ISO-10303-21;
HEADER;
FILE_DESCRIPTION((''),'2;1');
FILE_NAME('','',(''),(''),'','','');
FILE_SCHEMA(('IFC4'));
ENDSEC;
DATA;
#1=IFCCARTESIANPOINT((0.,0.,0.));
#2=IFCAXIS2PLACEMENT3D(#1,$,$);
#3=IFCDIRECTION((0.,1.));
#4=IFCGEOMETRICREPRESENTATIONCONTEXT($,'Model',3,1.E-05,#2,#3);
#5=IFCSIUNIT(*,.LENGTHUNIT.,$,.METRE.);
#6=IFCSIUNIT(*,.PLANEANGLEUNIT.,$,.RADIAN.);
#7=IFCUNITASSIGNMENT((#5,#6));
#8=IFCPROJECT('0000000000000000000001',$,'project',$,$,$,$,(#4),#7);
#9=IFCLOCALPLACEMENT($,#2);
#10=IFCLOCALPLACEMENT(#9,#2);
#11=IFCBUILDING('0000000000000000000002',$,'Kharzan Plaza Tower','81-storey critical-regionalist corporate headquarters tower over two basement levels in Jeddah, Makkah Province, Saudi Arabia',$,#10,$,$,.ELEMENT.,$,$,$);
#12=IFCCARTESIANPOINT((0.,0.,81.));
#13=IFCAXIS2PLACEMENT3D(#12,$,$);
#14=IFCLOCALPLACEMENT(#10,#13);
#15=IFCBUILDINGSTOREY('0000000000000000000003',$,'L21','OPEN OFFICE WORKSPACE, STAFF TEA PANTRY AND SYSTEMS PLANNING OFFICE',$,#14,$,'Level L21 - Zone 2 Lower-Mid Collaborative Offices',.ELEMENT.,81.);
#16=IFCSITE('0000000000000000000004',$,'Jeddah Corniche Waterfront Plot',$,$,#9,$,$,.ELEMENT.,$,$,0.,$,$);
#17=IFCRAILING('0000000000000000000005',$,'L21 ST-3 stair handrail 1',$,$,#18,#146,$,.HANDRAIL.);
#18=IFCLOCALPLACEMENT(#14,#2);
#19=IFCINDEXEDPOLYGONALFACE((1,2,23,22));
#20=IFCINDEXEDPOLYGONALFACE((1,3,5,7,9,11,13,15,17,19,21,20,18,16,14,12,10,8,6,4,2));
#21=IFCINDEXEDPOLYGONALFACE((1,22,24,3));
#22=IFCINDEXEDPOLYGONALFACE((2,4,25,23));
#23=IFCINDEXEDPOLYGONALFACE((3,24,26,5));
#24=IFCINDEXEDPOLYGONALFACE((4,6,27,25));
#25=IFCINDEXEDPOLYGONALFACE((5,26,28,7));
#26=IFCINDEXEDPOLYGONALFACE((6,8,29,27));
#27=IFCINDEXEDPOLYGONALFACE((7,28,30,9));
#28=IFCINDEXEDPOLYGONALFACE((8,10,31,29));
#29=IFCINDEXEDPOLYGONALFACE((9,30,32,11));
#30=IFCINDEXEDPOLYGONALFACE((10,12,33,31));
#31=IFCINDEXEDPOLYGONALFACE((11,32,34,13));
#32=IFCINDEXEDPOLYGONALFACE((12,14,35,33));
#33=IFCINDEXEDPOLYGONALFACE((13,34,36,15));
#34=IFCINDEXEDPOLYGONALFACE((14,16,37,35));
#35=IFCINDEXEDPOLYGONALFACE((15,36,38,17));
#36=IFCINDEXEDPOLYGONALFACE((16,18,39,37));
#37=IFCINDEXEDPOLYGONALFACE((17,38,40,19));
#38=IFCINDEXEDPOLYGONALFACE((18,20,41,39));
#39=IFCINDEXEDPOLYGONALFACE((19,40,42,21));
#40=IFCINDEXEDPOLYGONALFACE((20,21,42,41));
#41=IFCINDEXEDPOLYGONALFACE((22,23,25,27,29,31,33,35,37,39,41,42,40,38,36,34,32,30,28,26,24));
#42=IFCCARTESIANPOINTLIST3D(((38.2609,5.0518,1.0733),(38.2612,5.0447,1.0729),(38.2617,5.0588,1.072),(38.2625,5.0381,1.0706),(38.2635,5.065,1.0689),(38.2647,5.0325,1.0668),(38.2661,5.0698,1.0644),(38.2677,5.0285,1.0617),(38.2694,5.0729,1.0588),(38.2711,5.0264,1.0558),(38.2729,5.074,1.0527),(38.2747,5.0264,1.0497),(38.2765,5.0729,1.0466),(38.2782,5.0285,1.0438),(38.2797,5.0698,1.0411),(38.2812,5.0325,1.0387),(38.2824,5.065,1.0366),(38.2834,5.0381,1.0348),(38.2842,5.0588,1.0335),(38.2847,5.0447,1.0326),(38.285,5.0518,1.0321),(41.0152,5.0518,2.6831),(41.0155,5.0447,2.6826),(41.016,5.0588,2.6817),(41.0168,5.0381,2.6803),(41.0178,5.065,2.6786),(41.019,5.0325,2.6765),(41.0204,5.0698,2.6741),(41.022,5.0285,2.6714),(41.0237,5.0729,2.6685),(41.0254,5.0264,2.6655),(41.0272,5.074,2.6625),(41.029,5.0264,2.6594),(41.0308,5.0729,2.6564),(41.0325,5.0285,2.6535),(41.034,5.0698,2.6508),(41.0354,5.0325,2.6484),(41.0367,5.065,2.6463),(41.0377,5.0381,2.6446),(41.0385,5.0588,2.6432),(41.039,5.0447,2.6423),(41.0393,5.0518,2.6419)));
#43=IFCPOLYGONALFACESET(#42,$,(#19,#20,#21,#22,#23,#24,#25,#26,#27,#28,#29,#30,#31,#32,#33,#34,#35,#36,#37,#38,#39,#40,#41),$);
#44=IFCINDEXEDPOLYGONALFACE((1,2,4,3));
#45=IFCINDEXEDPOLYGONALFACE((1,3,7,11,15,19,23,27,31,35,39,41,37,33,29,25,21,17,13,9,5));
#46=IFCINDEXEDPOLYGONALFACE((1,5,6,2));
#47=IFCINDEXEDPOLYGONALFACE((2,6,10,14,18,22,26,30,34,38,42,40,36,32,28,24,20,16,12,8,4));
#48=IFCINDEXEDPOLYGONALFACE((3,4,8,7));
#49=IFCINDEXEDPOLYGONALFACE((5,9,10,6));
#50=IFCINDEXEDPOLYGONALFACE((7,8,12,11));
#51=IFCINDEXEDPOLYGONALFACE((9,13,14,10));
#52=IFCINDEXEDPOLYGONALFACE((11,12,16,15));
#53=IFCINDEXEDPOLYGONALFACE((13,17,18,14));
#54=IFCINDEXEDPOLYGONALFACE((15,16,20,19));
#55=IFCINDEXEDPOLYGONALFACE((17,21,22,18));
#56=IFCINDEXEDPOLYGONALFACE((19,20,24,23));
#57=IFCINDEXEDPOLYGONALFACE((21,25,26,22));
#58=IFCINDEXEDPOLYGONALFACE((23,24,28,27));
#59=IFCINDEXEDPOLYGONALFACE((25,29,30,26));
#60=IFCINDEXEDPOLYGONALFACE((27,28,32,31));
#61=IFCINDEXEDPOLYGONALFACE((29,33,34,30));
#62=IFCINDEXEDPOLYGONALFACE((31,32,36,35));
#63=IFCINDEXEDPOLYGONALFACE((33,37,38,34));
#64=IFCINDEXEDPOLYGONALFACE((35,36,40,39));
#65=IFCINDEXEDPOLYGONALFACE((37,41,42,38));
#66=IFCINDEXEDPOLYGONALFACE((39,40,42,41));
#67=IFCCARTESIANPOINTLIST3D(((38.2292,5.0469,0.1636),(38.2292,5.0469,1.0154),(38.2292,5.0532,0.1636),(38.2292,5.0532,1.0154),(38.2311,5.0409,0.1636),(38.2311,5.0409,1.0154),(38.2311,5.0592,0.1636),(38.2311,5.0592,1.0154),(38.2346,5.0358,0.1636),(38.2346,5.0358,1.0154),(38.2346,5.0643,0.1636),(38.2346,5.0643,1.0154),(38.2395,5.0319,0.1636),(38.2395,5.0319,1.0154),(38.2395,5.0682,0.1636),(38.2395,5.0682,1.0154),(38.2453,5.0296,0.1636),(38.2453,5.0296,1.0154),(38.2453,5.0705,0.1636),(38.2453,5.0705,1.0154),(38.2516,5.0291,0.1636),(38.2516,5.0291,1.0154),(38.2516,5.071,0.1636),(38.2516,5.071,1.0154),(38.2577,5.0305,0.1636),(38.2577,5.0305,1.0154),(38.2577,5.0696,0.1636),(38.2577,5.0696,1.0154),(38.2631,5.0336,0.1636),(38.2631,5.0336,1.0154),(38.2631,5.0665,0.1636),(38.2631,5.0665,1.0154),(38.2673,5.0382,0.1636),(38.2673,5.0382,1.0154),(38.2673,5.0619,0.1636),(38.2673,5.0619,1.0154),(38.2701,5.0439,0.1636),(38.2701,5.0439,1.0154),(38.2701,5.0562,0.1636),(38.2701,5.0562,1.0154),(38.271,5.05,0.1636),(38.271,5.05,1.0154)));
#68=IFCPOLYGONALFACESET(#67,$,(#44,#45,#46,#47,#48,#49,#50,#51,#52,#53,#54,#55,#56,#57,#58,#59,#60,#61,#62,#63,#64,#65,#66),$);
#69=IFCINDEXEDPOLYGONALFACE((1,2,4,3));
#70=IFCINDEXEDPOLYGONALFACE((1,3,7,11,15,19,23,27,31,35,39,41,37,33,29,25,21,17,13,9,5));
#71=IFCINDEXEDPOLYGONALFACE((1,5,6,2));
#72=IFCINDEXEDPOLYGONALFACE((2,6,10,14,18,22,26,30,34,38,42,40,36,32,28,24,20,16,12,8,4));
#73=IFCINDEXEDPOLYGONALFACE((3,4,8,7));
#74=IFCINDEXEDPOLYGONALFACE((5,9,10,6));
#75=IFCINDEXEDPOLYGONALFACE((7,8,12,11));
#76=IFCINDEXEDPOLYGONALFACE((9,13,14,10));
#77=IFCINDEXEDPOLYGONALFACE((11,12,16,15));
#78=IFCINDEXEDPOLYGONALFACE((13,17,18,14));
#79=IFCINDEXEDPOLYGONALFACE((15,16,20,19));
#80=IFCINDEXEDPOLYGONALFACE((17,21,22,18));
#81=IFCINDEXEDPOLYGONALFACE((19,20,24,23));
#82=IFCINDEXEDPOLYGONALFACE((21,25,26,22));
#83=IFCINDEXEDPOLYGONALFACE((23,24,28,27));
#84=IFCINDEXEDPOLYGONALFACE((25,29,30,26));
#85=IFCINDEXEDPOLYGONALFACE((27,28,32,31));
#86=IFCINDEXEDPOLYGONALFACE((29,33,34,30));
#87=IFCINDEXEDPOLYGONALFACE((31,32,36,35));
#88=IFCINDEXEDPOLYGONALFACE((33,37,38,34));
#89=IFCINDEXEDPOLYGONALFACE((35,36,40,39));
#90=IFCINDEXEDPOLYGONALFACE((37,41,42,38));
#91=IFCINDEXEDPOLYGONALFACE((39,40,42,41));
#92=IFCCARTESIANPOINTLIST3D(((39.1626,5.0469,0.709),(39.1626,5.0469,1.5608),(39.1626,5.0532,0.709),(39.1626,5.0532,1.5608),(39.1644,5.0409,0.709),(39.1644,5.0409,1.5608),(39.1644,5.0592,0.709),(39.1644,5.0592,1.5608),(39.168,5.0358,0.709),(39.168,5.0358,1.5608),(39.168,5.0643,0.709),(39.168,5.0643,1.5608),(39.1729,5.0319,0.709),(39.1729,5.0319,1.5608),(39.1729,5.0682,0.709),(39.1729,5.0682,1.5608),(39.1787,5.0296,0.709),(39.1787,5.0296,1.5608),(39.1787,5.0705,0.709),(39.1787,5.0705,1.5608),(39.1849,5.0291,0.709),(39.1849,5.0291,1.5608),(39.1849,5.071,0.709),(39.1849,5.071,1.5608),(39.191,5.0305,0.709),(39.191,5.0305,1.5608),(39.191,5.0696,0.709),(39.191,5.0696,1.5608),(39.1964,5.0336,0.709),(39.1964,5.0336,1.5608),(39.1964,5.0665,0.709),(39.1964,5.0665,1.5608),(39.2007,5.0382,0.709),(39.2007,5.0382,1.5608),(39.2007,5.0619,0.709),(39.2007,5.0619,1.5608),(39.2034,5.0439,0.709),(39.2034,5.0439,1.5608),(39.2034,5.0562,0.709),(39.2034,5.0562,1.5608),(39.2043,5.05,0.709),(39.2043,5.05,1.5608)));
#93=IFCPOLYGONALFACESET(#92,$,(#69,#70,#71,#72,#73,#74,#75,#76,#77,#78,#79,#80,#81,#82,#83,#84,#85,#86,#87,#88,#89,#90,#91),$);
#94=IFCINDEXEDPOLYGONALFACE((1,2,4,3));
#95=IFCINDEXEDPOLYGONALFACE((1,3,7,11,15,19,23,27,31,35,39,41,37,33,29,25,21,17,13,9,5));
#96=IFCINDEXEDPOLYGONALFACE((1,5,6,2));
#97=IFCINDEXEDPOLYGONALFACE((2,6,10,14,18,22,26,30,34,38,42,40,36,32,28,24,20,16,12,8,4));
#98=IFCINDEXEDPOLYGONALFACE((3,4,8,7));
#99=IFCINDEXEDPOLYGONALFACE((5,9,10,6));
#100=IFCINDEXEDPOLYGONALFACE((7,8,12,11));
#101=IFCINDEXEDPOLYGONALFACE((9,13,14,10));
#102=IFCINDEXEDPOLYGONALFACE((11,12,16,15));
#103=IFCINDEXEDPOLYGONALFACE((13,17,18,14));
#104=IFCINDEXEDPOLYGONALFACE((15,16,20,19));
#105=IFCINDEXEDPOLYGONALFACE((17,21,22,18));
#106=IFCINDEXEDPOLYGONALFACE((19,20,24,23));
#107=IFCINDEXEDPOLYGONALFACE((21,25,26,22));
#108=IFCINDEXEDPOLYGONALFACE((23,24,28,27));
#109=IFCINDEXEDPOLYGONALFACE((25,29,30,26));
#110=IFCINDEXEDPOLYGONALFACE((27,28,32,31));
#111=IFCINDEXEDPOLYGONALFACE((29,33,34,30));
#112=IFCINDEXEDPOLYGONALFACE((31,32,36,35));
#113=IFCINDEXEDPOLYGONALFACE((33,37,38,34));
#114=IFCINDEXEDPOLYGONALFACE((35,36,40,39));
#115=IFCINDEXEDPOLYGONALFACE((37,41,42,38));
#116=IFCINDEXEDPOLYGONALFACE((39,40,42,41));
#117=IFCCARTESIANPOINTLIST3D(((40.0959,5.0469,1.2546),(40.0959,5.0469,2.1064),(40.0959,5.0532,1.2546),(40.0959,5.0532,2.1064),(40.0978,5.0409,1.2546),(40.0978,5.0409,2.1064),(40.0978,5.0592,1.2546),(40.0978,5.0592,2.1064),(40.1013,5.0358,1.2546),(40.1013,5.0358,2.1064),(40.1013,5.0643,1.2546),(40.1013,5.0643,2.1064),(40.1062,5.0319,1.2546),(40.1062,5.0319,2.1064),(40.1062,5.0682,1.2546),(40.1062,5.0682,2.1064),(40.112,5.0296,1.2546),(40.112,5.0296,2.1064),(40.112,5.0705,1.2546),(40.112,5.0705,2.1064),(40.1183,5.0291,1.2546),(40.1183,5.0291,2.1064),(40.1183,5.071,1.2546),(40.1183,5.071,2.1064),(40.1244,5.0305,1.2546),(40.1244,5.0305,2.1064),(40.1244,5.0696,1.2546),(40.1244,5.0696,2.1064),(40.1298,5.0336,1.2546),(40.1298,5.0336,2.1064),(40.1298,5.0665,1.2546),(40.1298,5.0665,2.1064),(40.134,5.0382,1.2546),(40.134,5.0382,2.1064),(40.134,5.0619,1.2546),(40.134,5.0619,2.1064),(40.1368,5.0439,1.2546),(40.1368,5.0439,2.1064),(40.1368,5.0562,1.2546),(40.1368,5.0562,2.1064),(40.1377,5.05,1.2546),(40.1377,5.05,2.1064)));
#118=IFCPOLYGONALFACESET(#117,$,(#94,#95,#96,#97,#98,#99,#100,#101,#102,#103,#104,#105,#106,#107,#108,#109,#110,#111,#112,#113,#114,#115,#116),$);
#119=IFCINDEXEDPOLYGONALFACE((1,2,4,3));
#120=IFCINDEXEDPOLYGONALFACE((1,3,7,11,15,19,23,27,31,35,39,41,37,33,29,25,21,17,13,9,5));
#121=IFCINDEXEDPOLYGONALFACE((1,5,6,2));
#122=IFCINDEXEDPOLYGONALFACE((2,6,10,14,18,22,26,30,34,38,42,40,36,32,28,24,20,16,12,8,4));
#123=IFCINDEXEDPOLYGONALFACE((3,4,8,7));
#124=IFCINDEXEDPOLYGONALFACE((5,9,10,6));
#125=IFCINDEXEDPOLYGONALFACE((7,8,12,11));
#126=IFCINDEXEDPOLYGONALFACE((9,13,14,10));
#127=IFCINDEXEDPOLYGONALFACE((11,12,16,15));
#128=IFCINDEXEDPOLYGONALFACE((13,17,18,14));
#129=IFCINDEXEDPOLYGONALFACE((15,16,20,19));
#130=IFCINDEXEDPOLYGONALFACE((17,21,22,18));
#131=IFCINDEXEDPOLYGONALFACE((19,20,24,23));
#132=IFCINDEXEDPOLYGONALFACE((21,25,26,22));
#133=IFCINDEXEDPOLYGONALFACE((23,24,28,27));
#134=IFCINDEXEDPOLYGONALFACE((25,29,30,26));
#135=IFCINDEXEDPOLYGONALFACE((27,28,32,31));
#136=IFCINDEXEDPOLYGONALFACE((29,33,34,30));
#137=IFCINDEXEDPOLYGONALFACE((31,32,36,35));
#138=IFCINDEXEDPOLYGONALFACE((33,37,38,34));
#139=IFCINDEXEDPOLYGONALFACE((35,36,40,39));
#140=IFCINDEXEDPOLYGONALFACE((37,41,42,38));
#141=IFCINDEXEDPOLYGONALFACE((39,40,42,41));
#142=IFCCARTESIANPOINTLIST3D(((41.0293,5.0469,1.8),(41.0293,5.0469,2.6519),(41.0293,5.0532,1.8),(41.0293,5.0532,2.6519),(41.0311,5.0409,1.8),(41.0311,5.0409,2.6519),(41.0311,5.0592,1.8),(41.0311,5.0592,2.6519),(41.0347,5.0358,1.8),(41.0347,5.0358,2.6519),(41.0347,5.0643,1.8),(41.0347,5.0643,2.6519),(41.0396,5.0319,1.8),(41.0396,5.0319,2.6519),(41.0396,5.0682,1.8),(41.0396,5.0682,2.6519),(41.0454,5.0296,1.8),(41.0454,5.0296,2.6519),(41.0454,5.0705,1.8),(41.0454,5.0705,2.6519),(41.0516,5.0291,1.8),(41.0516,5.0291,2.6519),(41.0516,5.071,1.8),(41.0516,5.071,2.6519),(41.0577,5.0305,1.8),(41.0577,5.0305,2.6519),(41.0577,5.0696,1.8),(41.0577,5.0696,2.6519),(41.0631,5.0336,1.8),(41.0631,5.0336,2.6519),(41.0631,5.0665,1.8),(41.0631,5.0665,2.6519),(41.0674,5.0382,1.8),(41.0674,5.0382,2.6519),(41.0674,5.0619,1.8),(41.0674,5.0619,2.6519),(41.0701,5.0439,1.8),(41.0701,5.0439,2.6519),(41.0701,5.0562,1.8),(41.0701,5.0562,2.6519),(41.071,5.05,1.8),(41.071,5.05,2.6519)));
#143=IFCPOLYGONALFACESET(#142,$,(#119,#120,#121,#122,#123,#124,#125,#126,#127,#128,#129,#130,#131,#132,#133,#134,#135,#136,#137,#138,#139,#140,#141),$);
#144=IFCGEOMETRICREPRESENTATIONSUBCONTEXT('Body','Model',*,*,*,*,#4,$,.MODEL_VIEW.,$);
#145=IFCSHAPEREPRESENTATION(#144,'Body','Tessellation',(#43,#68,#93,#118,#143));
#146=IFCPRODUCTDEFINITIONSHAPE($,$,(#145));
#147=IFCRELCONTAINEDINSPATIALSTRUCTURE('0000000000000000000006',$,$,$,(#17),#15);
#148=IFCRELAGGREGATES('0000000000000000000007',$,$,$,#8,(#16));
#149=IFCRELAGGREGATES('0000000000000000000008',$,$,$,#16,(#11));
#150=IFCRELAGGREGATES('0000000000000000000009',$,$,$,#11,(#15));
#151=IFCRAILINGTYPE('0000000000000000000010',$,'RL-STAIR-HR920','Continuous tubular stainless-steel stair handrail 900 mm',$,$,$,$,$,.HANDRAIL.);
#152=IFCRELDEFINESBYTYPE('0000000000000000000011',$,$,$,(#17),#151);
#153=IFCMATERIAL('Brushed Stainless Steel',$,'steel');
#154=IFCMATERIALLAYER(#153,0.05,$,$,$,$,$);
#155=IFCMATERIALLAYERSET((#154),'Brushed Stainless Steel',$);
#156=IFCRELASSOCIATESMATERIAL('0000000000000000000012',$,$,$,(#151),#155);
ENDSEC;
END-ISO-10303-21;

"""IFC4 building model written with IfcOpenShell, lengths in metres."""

from ifc_helpers import new_model, si_unit, direction, frame, origin, origin_2d, place, context, subcontext, project, spatial, circle, extrude, source, transform, mapped, material, layer, layer_set, type_object, element, save


model = new_model("IFC4")

# Units and contexts
model_context = context("Model", 3, precision=1e-05, world=origin(), true_north=direction((0.0, 1.0)))
body_context = subcontext(model_context, "Body", "Model", "MODEL_VIEW")
ifc_project = project(units=[si_unit("LENGTHUNIT", "METRE"), si_unit("PLANEANGLEUNIT", "RADIAN")], contexts=[model_context])

# Site, building, storey
site_placement = place(None, origin())
site = spatial("IfcSite", under=ifc_project, at=site_placement, Name="Jeddah Corniche Waterfront Plot", CompositionType="ELEMENT", RefElevation=0.0)
building_placement = place(site_placement, origin())
building = spatial("IfcBuilding", under=site, at=building_placement, Name="Kharzan Plaza Tower", Description="81-storey critical-regionalist corporate headquarters tower over two basement levels in Jeddah, Makkah Province, Saudi Arabia", CompositionType="ELEMENT")
storey_placement = place(building_placement, frame((0.0, 0.0, 81.0)))
storey = spatial("IfcBuildingStorey", under=building, at=storey_placement, Name="L21", Description="OPEN OFFICE WORKSPACE, STAFF TEA PANTRY AND SYSTEMS PLANNING OFFICE", LongName="Level L21 - Zone 2 Lower-Mid Collaborative Offices", CompositionType="ELEMENT", Elevation=81.0)

# Shared definitions
ifc_material_1 = material(Name="Brushed Stainless Steel", Category="steel")

# Railing
ifc_layer_1 = layer(ifc_material_1, 0.05)
ifc_layer_set_1 = layer_set([ifc_layer_1], Name="Brushed Stainless Steel")
railing_type_1 = type_object("IfcRailingType", Name="RL-STAIR-HR920", Description="Continuous tubular stainless-steel stair handrail 900 mm", PredefinedType="HANDRAIL", material=ifc_layer_set_1)
shared_shape_1 = source(origin(), body_context, "Body", "SweptSolid", [
    extrude(circle(Radius=0.0239, at=origin_2d()), frame((0.0229, 0.0, 0.8892), z_axis=(0.863361, 0.0, 0.504587), x_axis=(0.0, 1.0, 0.0)), (0.0, 0.0, 1.0), 3.1902),
    extrude(circle(Radius=0.021, at=origin_2d()), origin(), (0.0, 0.0, 1.0), 0.8518),
    extrude(circle(Radius=0.021, at=origin_2d()), frame((0.9333, 0.0, 0.5454)), (0.0, 0.0, 1.0), 0.8518),
    extrude(circle(Radius=0.021, at=origin_2d()), frame((1.8667, 0.0, 1.0911)), (0.0, 0.0, 1.0), 0.8518),
    extrude(circle(Radius=0.021, at=origin_2d()), frame((2.8, 0.0, 1.6365)), (0.0, 0.0, 1.0), 0.8518),
])
railing_1_placement = place(storey_placement, frame((38.25, 5.05, 0.1636)))
element("IfcRailing", 1, at=railing_1_placement, inside=storey, type_object=railing_type_1, Name="L21 ST-3 stair handrail 1", PredefinedType="HANDRAIL", context=body_context, shape_type="MappedRepresentation", body=[
    mapped(shared_shape_1, transform((0.0, 0.0, 0.0), x_axis=(1.0, 0.0, 0.0), y_axis=(0.0, 1.0, 0.0), z_axis=(0.0, 0.0, 1.0))),
])

save(model, "model.ifc")
